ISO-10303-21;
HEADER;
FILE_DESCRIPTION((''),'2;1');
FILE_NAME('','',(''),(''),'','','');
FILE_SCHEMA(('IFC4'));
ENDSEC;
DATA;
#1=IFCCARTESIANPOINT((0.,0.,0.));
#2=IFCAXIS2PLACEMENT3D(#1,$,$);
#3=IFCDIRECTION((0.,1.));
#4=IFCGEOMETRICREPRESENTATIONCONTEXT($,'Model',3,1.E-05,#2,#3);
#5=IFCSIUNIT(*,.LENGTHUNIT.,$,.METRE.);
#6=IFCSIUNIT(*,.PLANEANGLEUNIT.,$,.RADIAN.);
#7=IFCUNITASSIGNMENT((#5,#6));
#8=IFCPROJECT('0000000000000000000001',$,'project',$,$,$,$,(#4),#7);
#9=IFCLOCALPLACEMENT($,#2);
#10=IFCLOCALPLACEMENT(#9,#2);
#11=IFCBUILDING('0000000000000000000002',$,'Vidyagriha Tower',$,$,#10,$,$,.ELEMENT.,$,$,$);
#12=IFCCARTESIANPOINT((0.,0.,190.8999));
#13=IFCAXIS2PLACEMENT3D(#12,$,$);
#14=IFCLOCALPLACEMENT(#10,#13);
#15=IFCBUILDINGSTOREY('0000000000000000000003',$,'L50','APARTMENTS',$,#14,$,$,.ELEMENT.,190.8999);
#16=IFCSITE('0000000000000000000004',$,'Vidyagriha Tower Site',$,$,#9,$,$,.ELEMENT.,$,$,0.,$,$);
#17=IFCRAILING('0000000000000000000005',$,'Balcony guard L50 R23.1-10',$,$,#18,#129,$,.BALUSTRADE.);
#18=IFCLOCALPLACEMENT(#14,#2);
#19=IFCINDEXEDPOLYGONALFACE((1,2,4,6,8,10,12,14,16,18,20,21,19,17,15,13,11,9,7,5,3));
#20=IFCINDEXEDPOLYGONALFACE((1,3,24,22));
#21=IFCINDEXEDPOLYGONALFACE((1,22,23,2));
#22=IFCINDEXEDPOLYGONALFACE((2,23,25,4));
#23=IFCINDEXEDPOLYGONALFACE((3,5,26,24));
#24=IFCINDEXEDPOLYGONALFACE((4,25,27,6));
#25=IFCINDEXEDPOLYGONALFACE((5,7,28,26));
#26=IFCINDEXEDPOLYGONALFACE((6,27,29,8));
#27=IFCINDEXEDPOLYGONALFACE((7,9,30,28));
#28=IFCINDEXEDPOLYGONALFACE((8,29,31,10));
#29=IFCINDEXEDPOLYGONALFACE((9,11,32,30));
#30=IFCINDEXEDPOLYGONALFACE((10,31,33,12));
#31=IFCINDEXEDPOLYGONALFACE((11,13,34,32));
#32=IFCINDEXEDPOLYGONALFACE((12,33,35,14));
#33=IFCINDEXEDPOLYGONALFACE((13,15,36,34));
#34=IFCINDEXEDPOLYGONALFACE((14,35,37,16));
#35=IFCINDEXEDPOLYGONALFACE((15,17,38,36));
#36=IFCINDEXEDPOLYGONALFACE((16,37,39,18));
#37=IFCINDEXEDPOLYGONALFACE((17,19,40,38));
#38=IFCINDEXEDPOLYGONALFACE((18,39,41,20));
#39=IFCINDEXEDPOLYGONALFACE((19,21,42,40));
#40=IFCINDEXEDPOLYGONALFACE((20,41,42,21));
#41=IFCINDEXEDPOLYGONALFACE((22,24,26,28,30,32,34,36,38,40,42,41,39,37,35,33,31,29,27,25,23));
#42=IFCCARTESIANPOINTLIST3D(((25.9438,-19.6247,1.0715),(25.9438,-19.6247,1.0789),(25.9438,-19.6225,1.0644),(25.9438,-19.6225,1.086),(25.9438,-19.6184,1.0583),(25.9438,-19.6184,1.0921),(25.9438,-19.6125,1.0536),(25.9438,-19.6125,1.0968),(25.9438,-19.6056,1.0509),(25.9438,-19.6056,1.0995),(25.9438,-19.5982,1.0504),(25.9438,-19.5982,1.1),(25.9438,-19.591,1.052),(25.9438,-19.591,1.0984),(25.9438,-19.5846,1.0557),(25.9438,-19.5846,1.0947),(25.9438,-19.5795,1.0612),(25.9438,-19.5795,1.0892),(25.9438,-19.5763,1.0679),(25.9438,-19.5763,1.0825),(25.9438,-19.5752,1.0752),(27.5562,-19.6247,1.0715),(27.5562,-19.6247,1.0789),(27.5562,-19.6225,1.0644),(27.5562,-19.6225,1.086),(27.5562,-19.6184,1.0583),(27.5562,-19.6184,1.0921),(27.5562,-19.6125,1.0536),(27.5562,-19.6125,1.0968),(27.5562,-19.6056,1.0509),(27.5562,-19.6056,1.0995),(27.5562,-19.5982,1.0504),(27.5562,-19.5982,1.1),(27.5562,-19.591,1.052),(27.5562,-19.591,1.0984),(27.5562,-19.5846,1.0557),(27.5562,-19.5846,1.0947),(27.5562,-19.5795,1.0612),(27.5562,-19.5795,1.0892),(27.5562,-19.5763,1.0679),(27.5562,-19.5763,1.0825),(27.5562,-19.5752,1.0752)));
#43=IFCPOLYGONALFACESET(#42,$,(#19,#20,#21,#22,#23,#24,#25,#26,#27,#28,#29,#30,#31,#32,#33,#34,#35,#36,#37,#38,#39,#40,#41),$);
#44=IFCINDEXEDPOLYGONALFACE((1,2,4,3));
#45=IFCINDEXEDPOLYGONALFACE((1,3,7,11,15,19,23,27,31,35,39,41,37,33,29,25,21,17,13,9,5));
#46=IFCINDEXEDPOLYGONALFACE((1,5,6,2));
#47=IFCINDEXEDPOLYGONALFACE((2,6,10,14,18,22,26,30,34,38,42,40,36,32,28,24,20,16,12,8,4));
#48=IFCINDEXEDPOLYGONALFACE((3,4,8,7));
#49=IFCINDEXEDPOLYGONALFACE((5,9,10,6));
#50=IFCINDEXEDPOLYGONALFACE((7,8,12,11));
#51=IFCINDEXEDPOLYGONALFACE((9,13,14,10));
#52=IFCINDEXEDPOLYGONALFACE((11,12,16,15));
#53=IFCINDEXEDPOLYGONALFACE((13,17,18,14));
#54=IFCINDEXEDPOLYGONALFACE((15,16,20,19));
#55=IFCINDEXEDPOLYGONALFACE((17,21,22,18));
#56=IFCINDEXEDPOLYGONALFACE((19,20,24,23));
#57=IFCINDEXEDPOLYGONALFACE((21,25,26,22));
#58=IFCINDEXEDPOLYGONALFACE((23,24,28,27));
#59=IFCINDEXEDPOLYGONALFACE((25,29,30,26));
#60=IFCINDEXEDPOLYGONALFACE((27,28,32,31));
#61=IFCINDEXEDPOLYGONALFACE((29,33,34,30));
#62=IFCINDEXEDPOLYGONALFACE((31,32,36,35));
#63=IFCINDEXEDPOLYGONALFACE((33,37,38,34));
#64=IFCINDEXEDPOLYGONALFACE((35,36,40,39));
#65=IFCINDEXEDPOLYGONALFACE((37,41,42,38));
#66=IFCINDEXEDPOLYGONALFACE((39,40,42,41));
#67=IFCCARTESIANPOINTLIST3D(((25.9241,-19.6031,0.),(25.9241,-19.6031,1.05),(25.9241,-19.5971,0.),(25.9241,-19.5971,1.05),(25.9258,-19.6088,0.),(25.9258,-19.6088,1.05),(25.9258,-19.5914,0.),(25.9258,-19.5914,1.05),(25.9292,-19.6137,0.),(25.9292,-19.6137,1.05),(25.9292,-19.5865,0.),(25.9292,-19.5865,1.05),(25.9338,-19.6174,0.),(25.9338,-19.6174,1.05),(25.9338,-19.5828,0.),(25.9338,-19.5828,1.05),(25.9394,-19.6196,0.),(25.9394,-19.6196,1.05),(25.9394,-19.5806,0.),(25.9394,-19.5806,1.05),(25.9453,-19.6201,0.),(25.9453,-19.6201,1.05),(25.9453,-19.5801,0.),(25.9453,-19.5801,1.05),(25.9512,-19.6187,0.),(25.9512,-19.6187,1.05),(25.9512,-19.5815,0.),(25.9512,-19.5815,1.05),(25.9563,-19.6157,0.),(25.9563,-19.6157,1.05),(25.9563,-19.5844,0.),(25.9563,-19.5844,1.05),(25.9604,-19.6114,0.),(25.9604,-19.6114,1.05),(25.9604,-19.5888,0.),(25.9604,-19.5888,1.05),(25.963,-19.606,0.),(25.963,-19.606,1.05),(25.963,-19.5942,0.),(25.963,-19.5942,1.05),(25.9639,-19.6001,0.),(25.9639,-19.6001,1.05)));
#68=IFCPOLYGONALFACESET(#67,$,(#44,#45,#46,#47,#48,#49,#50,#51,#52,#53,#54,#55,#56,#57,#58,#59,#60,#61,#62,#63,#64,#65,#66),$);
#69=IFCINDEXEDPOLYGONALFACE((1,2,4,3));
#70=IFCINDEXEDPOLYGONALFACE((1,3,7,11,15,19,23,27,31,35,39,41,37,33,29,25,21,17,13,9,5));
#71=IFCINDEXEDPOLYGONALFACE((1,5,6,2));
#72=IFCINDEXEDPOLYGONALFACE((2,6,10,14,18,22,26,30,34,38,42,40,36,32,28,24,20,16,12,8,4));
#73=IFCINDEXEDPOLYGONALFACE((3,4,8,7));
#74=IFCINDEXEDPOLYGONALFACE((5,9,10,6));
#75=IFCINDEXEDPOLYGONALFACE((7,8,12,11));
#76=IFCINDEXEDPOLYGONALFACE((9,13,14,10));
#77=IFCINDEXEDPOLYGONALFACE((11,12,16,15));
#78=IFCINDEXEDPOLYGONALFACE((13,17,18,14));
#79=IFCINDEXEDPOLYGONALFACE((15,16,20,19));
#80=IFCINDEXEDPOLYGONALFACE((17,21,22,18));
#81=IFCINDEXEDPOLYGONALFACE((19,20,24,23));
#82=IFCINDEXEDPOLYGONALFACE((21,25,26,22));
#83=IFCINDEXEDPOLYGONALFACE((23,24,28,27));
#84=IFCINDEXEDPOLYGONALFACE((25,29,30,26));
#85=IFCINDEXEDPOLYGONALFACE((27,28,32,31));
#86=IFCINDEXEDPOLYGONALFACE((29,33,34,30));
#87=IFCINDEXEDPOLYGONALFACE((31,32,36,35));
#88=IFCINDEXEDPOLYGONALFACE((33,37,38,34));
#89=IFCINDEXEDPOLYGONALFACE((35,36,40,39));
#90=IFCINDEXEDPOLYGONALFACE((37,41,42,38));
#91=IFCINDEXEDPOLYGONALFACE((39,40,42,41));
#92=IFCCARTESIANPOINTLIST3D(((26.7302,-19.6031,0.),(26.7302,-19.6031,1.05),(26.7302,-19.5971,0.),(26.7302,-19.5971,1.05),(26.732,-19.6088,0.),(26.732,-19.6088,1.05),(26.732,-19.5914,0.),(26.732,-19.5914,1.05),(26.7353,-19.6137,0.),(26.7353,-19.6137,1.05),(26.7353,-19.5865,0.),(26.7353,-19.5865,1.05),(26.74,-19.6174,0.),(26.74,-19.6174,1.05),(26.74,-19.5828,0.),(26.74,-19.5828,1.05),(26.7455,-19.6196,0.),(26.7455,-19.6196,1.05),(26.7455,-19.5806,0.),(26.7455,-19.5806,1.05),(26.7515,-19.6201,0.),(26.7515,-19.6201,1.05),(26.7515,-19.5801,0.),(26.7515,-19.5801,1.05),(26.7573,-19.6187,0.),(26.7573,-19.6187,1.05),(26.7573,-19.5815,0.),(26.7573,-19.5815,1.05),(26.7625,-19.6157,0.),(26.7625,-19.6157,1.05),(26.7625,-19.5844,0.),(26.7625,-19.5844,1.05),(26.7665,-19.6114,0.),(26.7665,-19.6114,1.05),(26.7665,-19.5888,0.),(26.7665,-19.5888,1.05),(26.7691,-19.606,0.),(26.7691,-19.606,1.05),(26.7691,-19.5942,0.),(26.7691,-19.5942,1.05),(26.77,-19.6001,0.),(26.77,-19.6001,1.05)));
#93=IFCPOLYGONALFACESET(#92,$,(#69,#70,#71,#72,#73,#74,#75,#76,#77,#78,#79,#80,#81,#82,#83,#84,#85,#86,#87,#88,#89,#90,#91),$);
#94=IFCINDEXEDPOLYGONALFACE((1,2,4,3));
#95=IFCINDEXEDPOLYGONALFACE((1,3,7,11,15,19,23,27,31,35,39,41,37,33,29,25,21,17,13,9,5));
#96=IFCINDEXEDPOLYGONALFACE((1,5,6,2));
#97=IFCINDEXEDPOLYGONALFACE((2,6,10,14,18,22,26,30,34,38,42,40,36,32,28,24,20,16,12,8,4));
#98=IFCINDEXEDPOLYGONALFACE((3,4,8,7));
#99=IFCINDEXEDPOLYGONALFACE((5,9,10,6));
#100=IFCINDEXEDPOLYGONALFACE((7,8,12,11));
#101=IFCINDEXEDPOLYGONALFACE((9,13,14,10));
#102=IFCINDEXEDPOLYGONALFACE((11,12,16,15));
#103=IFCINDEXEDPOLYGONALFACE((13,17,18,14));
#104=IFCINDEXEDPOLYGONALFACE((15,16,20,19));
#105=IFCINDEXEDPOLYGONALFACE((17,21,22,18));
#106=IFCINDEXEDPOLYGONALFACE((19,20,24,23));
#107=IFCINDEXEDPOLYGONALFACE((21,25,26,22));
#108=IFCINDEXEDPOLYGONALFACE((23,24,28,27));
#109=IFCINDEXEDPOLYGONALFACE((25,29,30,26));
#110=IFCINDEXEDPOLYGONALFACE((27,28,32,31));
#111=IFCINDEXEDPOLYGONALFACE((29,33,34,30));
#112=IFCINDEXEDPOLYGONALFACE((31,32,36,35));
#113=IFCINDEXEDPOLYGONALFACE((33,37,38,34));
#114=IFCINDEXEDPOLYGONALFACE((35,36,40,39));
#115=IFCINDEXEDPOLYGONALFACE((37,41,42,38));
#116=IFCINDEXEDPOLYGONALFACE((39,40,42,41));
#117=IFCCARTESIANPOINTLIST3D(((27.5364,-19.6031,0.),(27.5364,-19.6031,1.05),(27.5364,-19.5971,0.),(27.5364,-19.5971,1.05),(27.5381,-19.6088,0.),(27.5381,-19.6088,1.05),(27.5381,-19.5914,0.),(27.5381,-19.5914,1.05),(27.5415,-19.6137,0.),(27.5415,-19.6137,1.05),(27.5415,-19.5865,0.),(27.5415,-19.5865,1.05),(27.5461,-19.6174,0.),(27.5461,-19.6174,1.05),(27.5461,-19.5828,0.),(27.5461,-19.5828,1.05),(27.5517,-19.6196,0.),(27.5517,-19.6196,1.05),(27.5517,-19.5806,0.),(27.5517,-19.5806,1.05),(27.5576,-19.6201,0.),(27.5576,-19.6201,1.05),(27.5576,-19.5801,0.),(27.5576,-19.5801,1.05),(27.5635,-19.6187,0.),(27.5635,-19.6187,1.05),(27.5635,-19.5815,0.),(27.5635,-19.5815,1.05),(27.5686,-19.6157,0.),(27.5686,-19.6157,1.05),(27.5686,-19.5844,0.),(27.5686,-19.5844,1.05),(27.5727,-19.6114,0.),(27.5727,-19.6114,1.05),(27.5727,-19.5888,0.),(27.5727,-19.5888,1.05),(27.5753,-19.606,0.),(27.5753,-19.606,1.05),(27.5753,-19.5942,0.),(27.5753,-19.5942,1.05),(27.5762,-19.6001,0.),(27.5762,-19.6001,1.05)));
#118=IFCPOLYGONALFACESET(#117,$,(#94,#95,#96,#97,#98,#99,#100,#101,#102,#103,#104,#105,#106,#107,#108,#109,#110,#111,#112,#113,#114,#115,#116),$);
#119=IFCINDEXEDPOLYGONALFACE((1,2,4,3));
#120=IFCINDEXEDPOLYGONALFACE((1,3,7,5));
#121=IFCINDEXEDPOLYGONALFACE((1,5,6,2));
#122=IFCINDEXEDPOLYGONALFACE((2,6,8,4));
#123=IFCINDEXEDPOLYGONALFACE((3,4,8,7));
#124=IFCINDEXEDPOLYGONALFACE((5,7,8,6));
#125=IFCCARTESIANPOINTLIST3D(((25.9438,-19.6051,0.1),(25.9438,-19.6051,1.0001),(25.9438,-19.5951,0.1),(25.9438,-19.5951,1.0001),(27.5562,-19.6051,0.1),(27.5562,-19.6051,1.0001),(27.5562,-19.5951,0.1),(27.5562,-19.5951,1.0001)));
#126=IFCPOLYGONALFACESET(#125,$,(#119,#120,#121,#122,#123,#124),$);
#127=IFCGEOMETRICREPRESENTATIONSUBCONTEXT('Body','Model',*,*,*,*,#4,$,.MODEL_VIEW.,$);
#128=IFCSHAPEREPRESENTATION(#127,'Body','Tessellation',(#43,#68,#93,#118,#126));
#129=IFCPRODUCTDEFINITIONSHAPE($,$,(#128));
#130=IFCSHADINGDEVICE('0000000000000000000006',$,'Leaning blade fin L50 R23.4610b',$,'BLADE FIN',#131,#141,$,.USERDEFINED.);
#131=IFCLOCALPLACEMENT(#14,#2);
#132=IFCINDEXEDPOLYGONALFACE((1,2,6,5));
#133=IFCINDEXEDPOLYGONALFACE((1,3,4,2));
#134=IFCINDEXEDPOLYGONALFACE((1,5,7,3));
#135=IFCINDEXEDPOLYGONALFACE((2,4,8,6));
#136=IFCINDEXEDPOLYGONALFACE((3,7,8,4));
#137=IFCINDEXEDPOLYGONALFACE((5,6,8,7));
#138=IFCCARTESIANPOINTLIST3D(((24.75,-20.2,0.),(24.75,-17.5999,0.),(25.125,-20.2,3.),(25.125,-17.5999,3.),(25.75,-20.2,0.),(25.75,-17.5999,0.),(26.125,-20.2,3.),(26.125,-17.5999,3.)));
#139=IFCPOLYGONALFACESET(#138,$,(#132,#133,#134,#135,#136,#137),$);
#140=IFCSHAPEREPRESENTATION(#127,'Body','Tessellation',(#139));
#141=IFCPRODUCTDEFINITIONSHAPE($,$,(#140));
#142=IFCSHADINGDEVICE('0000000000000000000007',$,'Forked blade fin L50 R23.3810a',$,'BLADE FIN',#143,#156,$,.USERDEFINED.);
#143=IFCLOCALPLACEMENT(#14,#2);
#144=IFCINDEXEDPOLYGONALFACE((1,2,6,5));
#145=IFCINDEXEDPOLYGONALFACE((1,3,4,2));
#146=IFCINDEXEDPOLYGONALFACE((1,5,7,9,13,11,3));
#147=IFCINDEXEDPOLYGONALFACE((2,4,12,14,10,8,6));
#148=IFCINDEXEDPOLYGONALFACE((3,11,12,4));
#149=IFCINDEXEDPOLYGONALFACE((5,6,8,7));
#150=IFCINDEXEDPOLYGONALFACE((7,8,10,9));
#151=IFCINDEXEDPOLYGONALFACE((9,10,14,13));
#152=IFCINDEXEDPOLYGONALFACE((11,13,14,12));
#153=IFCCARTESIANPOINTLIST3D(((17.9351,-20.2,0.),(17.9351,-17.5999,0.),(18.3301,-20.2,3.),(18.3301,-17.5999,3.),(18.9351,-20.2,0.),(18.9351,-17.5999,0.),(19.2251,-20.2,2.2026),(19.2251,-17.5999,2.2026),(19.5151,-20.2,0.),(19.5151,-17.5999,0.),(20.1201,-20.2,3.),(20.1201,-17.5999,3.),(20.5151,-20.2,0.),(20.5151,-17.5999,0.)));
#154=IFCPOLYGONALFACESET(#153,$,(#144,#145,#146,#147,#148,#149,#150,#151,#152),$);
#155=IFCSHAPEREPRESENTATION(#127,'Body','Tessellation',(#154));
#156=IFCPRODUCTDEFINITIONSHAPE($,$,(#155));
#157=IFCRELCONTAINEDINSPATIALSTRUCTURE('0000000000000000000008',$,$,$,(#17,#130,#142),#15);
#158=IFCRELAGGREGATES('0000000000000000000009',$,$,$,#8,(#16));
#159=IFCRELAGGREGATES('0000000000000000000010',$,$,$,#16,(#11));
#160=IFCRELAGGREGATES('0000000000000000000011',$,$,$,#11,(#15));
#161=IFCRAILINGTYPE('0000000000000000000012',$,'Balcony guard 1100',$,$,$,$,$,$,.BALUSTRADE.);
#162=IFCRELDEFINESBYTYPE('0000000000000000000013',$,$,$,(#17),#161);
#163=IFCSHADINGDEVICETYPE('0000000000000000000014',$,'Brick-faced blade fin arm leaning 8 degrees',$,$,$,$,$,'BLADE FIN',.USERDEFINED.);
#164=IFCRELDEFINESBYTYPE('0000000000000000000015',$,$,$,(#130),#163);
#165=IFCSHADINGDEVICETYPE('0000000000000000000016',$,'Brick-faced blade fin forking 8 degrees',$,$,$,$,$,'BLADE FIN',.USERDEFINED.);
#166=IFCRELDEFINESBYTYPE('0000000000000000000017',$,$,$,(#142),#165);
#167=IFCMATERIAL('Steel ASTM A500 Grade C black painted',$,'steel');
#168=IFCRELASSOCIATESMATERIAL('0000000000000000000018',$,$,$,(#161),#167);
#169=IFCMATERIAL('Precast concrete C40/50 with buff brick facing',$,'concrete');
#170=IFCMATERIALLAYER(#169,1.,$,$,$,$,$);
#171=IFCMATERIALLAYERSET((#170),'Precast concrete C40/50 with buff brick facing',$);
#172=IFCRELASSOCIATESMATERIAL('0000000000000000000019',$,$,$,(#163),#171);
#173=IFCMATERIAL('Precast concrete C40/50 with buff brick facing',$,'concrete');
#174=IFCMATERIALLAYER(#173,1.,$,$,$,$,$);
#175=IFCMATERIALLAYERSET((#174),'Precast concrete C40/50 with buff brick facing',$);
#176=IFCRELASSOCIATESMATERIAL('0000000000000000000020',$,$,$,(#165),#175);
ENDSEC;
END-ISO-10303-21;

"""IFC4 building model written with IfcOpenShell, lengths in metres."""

from ifc_helpers import new_model, si_unit, direction, frame, origin, origin_2d, place, context, subcontext, project, spatial, polyline, rectangle, circle, outline, extrude, material, layer, layer_set, type_object, element, save


model = new_model("IFC4")

# Units and contexts
model_context = context("Model", 3, precision=1e-05, world=origin(), true_north=direction((0.0, 1.0)))
body_context = subcontext(model_context, "Body", "Model", "MODEL_VIEW")
ifc_project = project(units=[si_unit("LENGTHUNIT", "METRE"), si_unit("PLANEANGLEUNIT", "RADIAN")], contexts=[model_context])

# Site, building, storey
site_placement = place(None, origin())
site = spatial("IfcSite", under=ifc_project, at=site_placement, Name="Vidyagriha Tower Site", CompositionType="ELEMENT", RefElevation=0.0)
building_placement = place(site_placement, origin())
building = spatial("IfcBuilding", under=site, at=building_placement, Name="Vidyagriha Tower", CompositionType="ELEMENT")
storey_placement = place(building_placement, frame((0.0, 0.0, 190.8999)))
storey = spatial("IfcBuildingStorey", under=building, at=storey_placement, Name="L50", Description="APARTMENTS", CompositionType="ELEMENT", Elevation=190.8999)

# Railing
ifc_material_1 = material(Name="Steel ASTM A500 Grade C black painted", Category="steel")
railing_type = type_object("IfcRailingType", Name="Balcony guard 1100", PredefinedType="BALUSTRADE", material=ifc_material_1)
railing_1_placement = place(storey_placement, frame((25.9438, -19.6001, 0.0)))
element("IfcRailing", 1, at=railing_1_placement, inside=storey, type_object=railing_type, Name="Balcony guard L50 R23.1-10", PredefinedType="BALUSTRADE", context=body_context, shape_type="SweptSolid", body=[
    extrude(circle(Radius=0.0249, at=origin_2d()), frame((0.0, 0.0, 1.0752), z_axis=(1.0, 0.0, 0.0), x_axis=(0.0, 1.0, 0.0)), (0.0, 0.0, 1.0), 1.6123),
    extrude(circle(Radius=0.02, at=origin_2d()), origin(), (0.0, 0.0, 1.0), 1.05),
    extrude(circle(Radius=0.02, at=origin_2d()), frame((0.8062, 0.0, 0.0)), (0.0, 0.0, 1.0), 1.05),
    extrude(circle(Radius=0.02, at=origin_2d()), frame((1.6123, 0.0, 0.0)), (0.0, 0.0, 1.0), 1.05),
    extrude(rectangle(XDim=0.01, YDim=0.9001, at=origin_2d()), frame((0.0, 0.0, 0.55), z_axis=(1.0, 0.0, 0.0), x_axis=(0.0, 1.0, 0.0)), (0.0, 0.0, 1.0), 1.6123),
])

# Shading devices
ifc_material_2 = material(Name="Precast concrete C40/50 with buff brick facing", Category="concrete")
ifc_layer_1 = layer(ifc_material_2, 1.0)
ifc_layer_set_1 = layer_set([ifc_layer_1], Name="Precast concrete C40/50 with buff brick facing")
shading_device_type_1 = type_object("IfcShadingDeviceType", Name="Brick-faced blade fin arm leaning 8 degrees", ElementType="BLADE FIN", PredefinedType="USERDEFINED", material=ifc_layer_set_1)
shading_device_1_placement = place(storey_placement, frame((24.75, -18.8999, 0.0)))
element("IfcShadingDevice", 2, at=shading_device_1_placement, inside=storey, type_object=shading_device_type_1, Name="Leaning blade fin L50 R23.4610b", ObjectType="BLADE FIN", PredefinedType="USERDEFINED", context=body_context, shape_type="SweptSolid", body=[
    extrude(outline(polyline([(0.0, 0.0), (1.0, 0.0), (1.375, 3.0), (0.375, 3.0), (0.0, 0.0)])), frame((0.0, 1.3, 0.0), z_axis=(0.0, -1.0, 0.0), x_axis=(1.0, 0.0, 0.0)), (0.0, 0.0, 1.0), 2.6001),
])
ifc_material_3 = material(Name="Precast concrete C40/50 with buff brick facing", Category="concrete")
ifc_layer_2 = layer(ifc_material_3, 1.0)
ifc_layer_set_2 = layer_set([ifc_layer_2], Name="Precast concrete C40/50 with buff brick facing")
shading_device_type_2 = type_object("IfcShadingDeviceType", Name="Brick-faced blade fin forking 8 degrees", ElementType="BLADE FIN", PredefinedType="USERDEFINED", material=ifc_layer_set_2)
shading_device_2_placement = place(storey_placement, frame((17.9351, -18.8999, 0.0)))
element("IfcShadingDevice", 3, at=shading_device_2_placement, inside=storey, type_object=shading_device_type_2, Name="Forked blade fin L50 R23.3810a", ObjectType="BLADE FIN", PredefinedType="USERDEFINED", context=body_context, shape_type="SweptSolid", body=[
    extrude(outline(polyline([(1.0, 0.0), (1.29, 2.2026), (1.5801, 0.0), (2.5801, 0.0), (2.1851, 3.0), (0.395, 3.0), (0.0, 0.0), (1.0, 0.0)])), frame((0.0, 1.3, 0.0), z_axis=(0.0, -1.0, 0.0), x_axis=(1.0, 0.0, 0.0)), (0.0, 0.0, 1.0), 2.6001),
])

save(model, "model.ifc")
